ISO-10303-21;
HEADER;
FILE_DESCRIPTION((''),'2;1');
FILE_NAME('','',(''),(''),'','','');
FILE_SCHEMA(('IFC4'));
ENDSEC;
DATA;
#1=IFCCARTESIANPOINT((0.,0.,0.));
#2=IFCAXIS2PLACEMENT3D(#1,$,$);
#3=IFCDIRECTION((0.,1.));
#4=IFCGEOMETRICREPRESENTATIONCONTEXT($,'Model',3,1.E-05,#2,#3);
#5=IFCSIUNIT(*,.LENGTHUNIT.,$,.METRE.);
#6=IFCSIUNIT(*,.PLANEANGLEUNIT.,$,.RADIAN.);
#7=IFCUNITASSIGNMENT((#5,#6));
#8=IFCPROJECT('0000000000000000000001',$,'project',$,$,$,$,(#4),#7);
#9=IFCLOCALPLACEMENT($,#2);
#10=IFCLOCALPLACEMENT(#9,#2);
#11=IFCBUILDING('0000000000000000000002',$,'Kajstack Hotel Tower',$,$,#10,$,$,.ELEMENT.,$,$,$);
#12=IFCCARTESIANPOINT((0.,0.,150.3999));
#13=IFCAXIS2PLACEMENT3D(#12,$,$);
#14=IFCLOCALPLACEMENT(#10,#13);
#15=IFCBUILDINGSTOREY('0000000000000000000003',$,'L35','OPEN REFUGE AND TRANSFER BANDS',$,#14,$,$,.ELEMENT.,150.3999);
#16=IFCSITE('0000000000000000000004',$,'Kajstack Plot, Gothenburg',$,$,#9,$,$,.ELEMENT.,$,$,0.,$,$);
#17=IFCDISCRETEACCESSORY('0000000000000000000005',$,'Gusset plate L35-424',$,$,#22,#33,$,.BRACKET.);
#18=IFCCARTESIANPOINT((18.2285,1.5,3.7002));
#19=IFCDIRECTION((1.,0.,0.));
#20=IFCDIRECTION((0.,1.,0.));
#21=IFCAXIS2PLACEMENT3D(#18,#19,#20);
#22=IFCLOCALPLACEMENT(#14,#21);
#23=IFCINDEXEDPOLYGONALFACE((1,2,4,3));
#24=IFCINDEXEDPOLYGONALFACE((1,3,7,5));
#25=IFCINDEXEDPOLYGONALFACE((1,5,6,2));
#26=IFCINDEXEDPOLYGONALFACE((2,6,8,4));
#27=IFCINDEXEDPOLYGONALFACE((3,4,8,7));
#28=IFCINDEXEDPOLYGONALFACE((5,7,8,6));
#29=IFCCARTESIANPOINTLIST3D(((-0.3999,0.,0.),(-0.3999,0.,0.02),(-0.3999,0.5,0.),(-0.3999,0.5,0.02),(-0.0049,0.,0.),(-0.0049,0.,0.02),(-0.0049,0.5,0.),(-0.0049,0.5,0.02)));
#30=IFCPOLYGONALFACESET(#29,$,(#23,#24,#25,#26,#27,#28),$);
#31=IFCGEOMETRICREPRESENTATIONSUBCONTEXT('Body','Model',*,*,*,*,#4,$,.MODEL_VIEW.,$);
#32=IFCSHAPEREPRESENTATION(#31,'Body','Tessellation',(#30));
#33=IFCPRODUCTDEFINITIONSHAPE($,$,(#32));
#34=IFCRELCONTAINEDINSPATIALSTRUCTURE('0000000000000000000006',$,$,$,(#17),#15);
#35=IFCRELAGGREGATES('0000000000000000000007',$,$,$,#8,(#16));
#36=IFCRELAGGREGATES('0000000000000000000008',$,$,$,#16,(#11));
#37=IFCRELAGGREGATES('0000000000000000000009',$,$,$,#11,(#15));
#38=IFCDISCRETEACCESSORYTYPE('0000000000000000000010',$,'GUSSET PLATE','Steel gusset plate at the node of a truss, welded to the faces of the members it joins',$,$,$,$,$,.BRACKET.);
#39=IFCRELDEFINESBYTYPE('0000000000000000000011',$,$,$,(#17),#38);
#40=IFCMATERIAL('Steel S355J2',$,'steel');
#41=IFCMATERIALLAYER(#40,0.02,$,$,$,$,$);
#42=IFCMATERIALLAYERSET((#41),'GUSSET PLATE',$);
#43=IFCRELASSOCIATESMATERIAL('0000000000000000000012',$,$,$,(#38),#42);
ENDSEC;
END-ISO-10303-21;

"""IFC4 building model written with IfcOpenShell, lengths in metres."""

from ifc_helpers import new_model, si_unit, direction, frame, origin, place, context, subcontext, project, spatial, polyline, outline, extrude, material, layer, layer_set, type_object, element, save


model = new_model("IFC4")

# Units and contexts
model_context = context("Model", 3, precision=1e-05, world=origin(), true_north=direction((0.0, 1.0)))
body_context = subcontext(model_context, "Body", "Model", "MODEL_VIEW")
ifc_project = project(units=[si_unit("LENGTHUNIT", "METRE"), si_unit("PLANEANGLEUNIT", "RADIAN")], contexts=[model_context])

# Site, building, storey
site_placement = place(None, origin())
site = spatial("IfcSite", under=ifc_project, at=site_placement, Name="Kajstack Plot, Gothenburg", CompositionType="ELEMENT", RefElevation=0.0)
building_placement = place(site_placement, origin())
building = spatial("IfcBuilding", under=site, at=building_placement, Name="Kajstack Hotel Tower", CompositionType="ELEMENT")
storey_placement = place(building_placement, frame((0.0, 0.0, 150.3999)))
storey = spatial("IfcBuildingStorey", under=building, at=storey_placement, Name="L35", Description="OPEN REFUGE AND TRANSFER BANDS", CompositionType="ELEMENT", Elevation=150.3999)

# Shared definitions
ifc_material_1 = material(Name="Steel S355J2", Category="steel")

# Discrete accessory
ifc_layer_1 = layer(ifc_material_1, 0.02)
ifc_layer_set_1 = layer_set([ifc_layer_1], Name="GUSSET PLATE")
discrete_accessory_type_1 = type_object("IfcDiscreteAccessoryType", Name="GUSSET PLATE", Description="Steel gusset plate at the node of a truss, welded to the faces of the members it joins", PredefinedType="BRACKET", material=ifc_layer_set_1)
discrete_accessory_1_placement = place(storey_placement, frame((18.2285, 1.5, 3.7002), z_axis=(1.0, 0.0, 0.0), x_axis=(0.0, 1.0, 0.0)))
element("IfcDiscreteAccessory", 1, at=discrete_accessory_1_placement, inside=storey, type_object=discrete_accessory_type_1, Name="Gusset plate L35-424", PredefinedType="BRACKET", context=body_context, shape_type="SweptSolid", body=[
    extrude(outline(polyline([(-0.3999, 0.0), (-0.0049, 0.0), (-0.0049, 0.5), (-0.3999, 0.5), (-0.3999, 0.0)])), origin(), (0.0, 0.0, 1.0), 0.02),
])

save(model, "model.ifc")
